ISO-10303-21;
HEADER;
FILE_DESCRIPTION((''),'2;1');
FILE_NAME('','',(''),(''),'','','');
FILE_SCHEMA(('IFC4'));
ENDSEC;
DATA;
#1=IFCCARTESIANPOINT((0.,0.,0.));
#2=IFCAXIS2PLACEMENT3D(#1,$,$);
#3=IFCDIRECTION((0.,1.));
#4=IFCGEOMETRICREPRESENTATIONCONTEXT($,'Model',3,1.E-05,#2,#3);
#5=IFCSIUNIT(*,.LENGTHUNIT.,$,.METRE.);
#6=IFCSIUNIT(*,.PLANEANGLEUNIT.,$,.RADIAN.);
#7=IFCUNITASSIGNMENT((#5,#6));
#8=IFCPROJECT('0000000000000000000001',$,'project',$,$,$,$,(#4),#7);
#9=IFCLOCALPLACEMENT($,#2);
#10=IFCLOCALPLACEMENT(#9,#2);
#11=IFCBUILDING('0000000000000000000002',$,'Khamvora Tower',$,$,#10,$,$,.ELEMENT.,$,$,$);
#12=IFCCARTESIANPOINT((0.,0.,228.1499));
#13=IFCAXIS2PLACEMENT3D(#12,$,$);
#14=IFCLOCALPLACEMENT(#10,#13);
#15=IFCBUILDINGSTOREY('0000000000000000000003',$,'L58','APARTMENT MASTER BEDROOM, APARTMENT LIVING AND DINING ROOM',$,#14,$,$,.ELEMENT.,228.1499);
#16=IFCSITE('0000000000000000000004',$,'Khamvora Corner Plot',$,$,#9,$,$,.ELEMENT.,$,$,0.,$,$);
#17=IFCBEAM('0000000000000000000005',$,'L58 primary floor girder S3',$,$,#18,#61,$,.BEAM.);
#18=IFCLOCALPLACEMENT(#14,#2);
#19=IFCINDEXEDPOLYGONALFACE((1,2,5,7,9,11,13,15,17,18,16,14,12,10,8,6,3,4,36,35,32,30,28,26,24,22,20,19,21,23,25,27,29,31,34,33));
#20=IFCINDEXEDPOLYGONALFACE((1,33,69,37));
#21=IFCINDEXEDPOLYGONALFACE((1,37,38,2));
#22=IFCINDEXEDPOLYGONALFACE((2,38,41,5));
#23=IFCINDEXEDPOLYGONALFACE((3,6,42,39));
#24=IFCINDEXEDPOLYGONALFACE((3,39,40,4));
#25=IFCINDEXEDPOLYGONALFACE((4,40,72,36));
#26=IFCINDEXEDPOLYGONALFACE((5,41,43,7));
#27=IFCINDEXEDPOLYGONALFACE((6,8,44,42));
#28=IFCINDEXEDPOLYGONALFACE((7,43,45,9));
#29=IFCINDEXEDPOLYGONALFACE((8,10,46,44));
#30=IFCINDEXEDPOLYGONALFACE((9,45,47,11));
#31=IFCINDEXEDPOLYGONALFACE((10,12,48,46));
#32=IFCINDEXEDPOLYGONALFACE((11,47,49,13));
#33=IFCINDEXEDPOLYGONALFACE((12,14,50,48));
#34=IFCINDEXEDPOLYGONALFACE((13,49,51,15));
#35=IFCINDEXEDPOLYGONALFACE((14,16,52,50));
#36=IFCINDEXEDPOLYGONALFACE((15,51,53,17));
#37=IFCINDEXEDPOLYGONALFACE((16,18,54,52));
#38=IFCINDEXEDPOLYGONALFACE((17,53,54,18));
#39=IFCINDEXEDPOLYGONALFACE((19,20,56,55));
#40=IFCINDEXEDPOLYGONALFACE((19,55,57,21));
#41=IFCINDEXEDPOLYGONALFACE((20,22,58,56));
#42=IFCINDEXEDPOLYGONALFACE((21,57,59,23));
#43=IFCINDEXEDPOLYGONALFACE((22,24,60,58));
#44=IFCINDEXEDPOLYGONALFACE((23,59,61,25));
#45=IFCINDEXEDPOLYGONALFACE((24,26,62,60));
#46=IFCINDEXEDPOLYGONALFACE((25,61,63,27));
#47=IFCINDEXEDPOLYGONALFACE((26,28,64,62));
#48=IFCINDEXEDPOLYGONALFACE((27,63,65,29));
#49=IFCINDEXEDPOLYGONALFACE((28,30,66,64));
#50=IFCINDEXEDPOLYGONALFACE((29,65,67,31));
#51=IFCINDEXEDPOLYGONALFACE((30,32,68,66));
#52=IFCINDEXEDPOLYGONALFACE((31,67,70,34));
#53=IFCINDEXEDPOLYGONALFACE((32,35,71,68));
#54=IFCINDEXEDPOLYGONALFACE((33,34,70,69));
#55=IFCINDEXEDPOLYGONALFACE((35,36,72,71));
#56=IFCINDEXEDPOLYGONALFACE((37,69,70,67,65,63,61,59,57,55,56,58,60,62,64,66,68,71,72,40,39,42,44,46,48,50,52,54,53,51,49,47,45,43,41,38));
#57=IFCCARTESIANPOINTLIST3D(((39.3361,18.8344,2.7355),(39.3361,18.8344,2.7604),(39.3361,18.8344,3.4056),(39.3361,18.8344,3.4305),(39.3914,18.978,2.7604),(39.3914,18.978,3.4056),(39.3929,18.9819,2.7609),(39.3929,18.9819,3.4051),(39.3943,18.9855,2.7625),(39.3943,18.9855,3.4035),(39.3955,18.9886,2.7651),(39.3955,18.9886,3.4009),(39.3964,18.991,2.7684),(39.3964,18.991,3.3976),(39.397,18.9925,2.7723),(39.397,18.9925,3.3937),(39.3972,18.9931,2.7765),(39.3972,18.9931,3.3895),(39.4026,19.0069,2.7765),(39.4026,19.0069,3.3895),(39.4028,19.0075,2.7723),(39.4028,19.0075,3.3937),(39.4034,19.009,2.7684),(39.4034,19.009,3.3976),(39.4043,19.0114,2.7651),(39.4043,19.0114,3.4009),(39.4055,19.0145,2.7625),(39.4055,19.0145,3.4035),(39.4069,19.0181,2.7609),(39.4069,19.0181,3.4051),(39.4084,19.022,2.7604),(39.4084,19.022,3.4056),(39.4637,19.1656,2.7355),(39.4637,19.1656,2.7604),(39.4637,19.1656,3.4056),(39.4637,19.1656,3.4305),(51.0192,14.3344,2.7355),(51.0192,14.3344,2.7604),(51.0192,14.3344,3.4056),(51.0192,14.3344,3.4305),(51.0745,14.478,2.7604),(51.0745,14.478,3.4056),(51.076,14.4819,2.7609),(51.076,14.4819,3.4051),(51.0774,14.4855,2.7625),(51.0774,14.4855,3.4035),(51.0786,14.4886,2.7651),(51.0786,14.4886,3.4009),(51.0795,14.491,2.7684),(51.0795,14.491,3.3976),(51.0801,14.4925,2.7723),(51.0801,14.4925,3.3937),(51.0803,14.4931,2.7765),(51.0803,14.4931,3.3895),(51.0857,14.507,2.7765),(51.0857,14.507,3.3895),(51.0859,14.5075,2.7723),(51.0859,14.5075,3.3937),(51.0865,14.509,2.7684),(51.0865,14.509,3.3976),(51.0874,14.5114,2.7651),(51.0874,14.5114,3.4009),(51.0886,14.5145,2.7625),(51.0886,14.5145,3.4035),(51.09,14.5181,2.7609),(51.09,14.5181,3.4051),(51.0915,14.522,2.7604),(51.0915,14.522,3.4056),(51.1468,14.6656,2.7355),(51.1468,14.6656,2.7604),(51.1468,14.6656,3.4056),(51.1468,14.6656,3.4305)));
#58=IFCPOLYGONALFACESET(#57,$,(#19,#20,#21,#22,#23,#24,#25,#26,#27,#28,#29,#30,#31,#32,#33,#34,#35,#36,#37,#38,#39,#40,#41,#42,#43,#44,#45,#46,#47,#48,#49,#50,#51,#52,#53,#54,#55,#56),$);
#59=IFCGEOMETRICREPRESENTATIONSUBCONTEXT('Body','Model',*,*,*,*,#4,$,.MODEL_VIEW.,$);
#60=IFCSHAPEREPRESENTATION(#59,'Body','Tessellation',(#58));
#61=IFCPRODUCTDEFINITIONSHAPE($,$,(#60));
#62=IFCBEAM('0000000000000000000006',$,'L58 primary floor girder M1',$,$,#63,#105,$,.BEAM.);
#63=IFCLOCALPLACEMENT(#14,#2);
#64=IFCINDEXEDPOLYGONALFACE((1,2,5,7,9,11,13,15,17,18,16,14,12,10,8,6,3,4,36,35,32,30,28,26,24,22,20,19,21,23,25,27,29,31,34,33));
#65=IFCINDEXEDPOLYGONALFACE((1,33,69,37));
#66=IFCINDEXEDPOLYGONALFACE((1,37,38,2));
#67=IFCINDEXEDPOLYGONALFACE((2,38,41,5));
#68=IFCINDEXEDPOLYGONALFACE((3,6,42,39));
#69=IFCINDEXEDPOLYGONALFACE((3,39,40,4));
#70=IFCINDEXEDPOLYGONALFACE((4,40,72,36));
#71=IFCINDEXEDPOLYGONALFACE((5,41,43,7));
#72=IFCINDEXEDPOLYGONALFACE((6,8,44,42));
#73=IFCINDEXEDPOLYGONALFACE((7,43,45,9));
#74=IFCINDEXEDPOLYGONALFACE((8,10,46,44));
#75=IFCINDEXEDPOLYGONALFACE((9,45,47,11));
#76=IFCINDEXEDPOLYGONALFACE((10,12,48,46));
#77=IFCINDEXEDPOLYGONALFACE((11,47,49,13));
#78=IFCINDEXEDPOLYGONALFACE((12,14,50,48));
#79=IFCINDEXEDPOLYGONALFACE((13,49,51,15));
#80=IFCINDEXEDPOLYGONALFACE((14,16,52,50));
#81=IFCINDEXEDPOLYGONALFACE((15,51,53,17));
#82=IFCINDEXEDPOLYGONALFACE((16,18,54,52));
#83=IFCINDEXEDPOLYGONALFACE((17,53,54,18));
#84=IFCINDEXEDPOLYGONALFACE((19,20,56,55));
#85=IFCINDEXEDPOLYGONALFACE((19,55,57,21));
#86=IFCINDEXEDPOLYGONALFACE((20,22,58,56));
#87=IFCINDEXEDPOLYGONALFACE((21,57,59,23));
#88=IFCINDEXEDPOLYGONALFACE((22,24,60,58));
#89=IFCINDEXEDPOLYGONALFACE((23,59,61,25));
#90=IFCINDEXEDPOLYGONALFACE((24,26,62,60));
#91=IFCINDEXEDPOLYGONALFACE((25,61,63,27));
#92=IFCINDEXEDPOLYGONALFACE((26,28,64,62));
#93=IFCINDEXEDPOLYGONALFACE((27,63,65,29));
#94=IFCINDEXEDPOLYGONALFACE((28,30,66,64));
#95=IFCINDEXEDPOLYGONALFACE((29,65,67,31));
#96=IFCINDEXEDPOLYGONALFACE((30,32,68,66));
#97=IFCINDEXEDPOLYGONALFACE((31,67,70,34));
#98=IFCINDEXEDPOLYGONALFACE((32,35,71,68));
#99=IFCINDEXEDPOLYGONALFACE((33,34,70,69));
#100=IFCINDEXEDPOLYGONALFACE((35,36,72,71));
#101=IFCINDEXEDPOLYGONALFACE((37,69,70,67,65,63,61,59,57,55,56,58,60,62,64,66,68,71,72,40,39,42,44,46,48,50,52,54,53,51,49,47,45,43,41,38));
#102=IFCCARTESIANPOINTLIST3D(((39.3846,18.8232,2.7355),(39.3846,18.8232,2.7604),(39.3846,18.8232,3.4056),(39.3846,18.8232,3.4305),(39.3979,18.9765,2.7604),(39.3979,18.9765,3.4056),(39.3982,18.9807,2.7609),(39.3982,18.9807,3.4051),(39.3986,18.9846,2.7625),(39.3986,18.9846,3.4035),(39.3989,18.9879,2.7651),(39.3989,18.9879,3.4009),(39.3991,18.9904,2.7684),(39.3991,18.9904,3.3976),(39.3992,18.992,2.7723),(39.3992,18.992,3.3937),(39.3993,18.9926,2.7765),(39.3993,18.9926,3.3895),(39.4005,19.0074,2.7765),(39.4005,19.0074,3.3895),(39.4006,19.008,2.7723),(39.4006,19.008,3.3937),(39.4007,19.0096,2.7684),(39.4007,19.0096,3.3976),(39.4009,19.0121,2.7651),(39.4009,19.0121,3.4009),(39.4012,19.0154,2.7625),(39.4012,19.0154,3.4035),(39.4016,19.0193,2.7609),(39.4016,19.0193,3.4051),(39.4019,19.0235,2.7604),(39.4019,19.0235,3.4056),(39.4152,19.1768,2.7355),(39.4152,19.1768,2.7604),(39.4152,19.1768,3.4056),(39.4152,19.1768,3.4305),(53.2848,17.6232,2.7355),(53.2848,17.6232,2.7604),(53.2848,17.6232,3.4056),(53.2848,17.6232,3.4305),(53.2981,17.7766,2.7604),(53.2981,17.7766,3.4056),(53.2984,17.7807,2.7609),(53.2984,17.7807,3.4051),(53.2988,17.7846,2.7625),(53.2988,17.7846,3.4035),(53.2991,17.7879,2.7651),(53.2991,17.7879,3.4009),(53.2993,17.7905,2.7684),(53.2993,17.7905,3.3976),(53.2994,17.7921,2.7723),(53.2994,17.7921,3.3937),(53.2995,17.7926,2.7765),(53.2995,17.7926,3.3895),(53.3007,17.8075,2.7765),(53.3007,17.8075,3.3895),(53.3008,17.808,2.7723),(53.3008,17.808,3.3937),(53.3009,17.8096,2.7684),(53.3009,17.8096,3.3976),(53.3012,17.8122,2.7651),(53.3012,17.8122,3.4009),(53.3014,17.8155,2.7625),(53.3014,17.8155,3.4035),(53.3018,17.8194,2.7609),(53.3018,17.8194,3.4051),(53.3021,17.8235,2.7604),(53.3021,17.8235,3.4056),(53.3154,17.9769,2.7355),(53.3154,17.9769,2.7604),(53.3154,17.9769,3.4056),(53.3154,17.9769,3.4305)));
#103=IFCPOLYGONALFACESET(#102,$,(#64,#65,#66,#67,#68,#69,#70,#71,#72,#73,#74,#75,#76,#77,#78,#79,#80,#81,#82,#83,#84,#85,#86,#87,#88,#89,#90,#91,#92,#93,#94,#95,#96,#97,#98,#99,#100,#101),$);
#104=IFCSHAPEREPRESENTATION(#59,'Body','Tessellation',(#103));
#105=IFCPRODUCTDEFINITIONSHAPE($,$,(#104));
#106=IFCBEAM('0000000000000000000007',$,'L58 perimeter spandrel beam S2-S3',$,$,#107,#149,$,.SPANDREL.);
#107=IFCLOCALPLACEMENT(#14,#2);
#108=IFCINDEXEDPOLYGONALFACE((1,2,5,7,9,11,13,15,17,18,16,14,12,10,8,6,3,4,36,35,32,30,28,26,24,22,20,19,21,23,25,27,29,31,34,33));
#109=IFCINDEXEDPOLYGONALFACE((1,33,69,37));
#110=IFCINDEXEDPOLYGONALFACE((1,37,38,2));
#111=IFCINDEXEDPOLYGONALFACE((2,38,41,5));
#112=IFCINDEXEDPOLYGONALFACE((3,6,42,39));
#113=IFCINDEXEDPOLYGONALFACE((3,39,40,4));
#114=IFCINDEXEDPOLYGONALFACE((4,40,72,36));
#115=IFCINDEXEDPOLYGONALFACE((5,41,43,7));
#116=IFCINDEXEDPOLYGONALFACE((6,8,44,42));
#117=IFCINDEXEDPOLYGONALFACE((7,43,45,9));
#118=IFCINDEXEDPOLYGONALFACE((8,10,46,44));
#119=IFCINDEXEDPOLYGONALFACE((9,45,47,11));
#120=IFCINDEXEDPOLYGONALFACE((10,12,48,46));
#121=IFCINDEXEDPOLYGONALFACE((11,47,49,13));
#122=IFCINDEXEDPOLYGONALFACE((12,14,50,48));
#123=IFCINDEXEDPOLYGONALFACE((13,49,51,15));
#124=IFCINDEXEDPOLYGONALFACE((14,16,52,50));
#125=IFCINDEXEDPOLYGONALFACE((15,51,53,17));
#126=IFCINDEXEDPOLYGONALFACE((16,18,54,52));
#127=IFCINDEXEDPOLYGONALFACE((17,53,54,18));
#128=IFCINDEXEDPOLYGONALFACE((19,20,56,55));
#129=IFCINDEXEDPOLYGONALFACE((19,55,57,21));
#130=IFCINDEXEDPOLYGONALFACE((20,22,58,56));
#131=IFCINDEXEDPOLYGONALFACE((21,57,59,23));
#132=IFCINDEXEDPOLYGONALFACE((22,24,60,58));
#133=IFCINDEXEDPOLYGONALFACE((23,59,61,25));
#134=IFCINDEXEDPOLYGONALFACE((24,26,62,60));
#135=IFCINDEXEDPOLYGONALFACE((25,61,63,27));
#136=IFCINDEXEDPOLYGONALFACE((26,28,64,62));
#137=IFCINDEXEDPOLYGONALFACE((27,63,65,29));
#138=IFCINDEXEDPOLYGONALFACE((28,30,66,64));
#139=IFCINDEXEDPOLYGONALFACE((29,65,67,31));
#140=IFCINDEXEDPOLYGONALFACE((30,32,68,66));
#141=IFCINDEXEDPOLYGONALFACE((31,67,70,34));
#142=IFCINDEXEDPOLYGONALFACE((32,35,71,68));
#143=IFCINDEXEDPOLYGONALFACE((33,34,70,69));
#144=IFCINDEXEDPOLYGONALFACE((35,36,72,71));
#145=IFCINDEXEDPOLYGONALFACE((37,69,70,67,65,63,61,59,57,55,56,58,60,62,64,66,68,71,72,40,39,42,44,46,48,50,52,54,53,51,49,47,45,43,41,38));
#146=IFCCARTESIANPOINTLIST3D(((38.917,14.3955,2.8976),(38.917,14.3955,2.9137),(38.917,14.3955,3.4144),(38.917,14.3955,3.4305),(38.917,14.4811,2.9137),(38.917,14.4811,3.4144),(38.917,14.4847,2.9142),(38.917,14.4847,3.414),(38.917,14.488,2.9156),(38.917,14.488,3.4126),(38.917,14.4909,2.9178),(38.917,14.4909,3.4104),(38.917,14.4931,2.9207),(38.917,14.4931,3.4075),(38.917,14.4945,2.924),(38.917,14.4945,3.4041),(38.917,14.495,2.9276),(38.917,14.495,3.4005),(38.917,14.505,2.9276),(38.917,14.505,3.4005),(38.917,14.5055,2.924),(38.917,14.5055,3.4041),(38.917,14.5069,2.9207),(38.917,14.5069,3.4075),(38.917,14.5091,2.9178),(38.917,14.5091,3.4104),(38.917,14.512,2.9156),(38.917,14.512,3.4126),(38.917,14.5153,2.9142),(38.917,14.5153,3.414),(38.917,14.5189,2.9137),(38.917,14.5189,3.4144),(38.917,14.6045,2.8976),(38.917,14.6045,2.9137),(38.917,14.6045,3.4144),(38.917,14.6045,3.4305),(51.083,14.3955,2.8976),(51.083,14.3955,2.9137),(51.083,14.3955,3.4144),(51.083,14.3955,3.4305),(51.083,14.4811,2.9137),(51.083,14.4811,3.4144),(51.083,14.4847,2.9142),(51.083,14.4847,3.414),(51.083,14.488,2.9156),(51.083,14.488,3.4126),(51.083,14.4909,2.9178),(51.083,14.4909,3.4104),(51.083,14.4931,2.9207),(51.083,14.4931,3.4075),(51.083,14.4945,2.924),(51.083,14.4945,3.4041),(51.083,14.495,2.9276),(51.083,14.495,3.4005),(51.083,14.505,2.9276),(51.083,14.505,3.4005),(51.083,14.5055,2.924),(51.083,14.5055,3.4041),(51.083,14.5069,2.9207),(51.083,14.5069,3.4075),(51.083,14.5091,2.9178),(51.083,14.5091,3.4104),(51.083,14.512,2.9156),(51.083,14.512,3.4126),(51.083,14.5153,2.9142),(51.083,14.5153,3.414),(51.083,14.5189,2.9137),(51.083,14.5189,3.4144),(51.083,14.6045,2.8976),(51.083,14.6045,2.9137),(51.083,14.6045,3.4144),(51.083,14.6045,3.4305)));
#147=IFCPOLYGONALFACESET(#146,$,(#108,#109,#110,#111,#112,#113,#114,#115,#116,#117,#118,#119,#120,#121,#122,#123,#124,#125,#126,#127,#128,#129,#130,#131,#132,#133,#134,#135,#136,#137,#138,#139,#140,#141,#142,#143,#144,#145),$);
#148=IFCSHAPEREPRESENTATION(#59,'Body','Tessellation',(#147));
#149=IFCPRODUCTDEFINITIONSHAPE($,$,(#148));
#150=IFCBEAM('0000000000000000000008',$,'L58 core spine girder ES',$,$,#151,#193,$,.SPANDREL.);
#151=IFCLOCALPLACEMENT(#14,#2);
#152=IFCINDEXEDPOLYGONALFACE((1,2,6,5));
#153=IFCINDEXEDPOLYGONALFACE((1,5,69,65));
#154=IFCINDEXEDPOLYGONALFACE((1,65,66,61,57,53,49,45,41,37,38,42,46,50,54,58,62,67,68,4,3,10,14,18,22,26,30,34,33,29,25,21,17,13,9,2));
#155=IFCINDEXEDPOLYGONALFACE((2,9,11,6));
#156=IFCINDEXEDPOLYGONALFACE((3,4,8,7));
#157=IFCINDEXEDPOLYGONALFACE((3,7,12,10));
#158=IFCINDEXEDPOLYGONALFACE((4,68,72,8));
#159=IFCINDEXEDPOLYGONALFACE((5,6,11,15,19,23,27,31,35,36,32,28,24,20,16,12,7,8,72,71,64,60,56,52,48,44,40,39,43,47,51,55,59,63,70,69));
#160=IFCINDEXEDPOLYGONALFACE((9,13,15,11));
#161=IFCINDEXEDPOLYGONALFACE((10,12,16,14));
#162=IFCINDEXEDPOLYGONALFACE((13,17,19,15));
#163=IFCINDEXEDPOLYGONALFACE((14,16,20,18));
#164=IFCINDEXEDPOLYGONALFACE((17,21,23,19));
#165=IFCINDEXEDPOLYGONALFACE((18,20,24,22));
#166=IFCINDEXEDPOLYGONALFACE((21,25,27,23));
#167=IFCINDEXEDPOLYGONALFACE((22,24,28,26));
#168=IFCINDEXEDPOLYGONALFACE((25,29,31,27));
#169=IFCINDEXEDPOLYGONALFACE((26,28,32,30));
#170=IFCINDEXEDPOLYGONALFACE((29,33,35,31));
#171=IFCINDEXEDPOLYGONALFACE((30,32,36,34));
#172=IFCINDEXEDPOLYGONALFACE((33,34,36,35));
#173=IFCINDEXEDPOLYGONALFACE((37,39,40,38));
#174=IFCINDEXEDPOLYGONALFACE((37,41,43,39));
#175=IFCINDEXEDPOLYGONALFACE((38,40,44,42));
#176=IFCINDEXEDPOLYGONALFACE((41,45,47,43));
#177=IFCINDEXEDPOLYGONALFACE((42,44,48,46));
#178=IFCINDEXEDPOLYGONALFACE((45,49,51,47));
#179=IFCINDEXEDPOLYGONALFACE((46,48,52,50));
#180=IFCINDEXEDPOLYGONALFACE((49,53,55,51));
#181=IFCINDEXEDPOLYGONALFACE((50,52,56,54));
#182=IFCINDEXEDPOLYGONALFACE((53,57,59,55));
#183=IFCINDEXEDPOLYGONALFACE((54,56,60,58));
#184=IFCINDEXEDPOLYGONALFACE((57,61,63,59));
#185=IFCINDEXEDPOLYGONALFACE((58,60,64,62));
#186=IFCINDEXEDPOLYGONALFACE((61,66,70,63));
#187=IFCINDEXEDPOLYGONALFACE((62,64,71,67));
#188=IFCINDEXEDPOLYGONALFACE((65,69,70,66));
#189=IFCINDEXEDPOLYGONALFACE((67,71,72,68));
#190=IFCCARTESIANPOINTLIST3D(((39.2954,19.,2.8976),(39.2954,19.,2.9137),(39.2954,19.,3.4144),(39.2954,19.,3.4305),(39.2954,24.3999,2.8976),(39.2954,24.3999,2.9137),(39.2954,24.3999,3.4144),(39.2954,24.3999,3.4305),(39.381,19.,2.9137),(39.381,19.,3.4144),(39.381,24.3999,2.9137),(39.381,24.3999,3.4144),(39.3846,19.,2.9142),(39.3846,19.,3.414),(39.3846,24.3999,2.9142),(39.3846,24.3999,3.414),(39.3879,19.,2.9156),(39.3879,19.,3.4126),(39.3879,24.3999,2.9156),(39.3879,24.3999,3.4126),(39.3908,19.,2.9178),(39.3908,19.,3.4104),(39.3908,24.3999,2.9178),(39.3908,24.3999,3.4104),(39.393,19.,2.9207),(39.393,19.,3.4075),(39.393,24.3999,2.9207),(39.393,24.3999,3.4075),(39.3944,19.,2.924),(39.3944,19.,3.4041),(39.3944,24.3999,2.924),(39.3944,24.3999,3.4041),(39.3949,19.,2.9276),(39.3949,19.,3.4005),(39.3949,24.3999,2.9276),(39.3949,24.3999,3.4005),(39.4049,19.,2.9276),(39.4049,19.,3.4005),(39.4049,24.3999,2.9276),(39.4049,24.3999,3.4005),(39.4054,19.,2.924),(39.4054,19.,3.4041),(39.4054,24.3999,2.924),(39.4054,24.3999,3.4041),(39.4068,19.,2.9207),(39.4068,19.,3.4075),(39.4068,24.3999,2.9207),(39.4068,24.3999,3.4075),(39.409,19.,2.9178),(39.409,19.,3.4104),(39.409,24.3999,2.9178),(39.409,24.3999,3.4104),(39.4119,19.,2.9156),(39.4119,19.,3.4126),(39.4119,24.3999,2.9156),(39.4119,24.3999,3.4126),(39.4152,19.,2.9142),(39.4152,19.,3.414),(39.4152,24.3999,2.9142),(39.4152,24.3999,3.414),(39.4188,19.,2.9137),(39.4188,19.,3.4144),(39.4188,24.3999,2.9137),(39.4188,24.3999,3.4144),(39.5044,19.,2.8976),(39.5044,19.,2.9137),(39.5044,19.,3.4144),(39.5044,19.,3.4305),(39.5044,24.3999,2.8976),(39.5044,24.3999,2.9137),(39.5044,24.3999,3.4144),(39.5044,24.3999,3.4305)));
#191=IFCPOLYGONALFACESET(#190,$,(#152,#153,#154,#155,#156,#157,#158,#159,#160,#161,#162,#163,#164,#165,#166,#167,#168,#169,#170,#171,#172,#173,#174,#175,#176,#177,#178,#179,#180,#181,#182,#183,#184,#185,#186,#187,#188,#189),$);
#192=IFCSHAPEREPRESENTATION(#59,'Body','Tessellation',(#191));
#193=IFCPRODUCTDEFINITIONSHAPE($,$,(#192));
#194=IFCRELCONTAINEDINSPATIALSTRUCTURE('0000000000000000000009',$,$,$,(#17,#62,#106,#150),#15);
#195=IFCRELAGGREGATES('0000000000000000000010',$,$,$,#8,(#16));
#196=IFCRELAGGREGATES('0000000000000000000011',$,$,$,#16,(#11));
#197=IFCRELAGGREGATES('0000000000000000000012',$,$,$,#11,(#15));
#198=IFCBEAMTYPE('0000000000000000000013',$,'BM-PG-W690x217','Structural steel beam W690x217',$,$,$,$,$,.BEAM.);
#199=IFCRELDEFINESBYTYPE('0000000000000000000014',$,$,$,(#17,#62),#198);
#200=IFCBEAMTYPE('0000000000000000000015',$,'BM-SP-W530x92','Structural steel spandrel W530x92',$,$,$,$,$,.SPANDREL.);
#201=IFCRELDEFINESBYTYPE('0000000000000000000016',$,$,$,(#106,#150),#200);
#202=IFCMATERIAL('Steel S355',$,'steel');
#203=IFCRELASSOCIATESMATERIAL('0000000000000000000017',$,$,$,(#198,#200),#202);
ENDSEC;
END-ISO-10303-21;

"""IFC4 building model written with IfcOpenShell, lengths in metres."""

from ifc_helpers import new_model, si_unit, direction, frame, origin, origin_2d, place, context, subcontext, project, spatial, i_section, extrude, material, material_profile, profile_set, type_object, element, save


model = new_model("IFC4")

# Units and contexts
model_context = context("Model", 3, precision=1e-05, world=origin(), true_north=direction((0.0, 1.0)))
body_context = subcontext(model_context, "Body", "Model", "MODEL_VIEW")
ifc_project = project(units=[si_unit("LENGTHUNIT", "METRE"), si_unit("PLANEANGLEUNIT", "RADIAN")], contexts=[model_context])

# Site, building, storey
site_placement = place(None, origin())
site = spatial("IfcSite", under=ifc_project, at=site_placement, Name="Khamvora Corner Plot", CompositionType="ELEMENT", RefElevation=0.0)
building_placement = place(site_placement, origin())
building = spatial("IfcBuilding", under=site, at=building_placement, Name="Khamvora Tower", CompositionType="ELEMENT")
storey_placement = place(building_placement, frame((0.0, 0.0, 228.1499)))
storey = spatial("IfcBuildingStorey", under=building, at=storey_placement, Name="L58", Description="APARTMENT MASTER BEDROOM, APARTMENT LIVING AND DINING ROOM", CompositionType="ELEMENT", Elevation=228.1499)

# Shared definitions
ifc_material_1 = material(Name="Steel S355", Category="steel")

# Beams
ifc_material_profile_1 = material_profile(ifc_material_1, i_section(OverallWidth=0.355, OverallDepth=0.6951, WebThickness=0.0149, FlangeThickness=0.0249, FilletRadius=0.0161, at=origin_2d()), Name="W690x217")
ifc_profile_set_1 = profile_set([ifc_material_profile_1], Name="Steel S355")
beam_type_1 = type_object("IfcBeamType", Name="BM-PG-W690x217", Description="Structural steel beam W690x217", PredefinedType="BEAM", material=ifc_profile_set_1)
beam_1_placement = place(storey_placement, frame((39.3999, 19.0, 3.083), z_axis=(0.933172, -0.359431, 0.0), x_axis=(0.359431, 0.933172, 0.0)))
element("IfcBeam", 1, at=beam_1_placement, inside=storey, type_object=beam_type_1, Name="L58 primary floor girder S3", PredefinedType="BEAM", context=body_context, shape_type="SweptSolid", body=[
    extrude(i_section(OverallWidth=0.355, OverallDepth=0.6951, WebThickness=0.0149, FlangeThickness=0.0249, FilletRadius=0.0161, at=origin_2d()), origin(), (0.0, 0.0, 1.0), 12.5198),
])
beam_2_placement = place(storey_placement, frame((39.3999, 19.0, 3.083), z_axis=(0.996295, -0.086007, 0.0), x_axis=(0.086007, 0.996295, 0.0)))
element("IfcBeam", 2, at=beam_2_placement, inside=storey, type_object=beam_type_1, Name="L58 primary floor girder M1", PredefinedType="BEAM", context=body_context, shape_type="SweptSolid", body=[
    extrude(i_section(OverallWidth=0.355, OverallDepth=0.6951, WebThickness=0.0149, FlangeThickness=0.0249, FilletRadius=0.0161, at=origin_2d()), origin(), (0.0, 0.0, 1.0), 13.9519),
])
ifc_material_profile_2 = material_profile(ifc_material_1, i_section(OverallWidth=0.209, OverallDepth=0.533, WebThickness=0.01, FlangeThickness=0.0161, FilletRadius=0.0139, at=origin_2d()), Name="W530x92")
ifc_profile_set_2 = profile_set([ifc_material_profile_2], Name="Steel S355")
beam_type_2 = type_object("IfcBeamType", Name="BM-SP-W530x92", Description="Structural steel spandrel W530x92", PredefinedType="SPANDREL", material=ifc_profile_set_2)
beam_3_placement = place(storey_placement, frame((38.917, 14.5, 3.1641), z_axis=(1.0, 0.0, 0.0), x_axis=(0.0, 1.0, 0.0)))
element("IfcBeam", 3, at=beam_3_placement, inside=storey, type_object=beam_type_2, Name="L58 perimeter spandrel beam S2-S3", PredefinedType="SPANDREL", context=body_context, shape_type="SweptSolid", body=[
    extrude(i_section(OverallWidth=0.209, OverallDepth=0.533, WebThickness=0.01, FlangeThickness=0.0161, FilletRadius=0.0139, at=origin_2d()), origin(), (0.0, 0.0, 1.0), 12.166),
])
beam_4_placement = place(storey_placement, frame((39.3999, 19.0, 3.1641), z_axis=(0.0, 1.0, 0.0), x_axis=(-1.0, 0.0, 0.0)))
element("IfcBeam", 4, at=beam_4_placement, inside=storey, type_object=beam_type_2, Name="L58 core spine girder ES", PredefinedType="SPANDREL", context=body_context, shape_type="SweptSolid", body=[
    extrude(i_section(OverallWidth=0.209, OverallDepth=0.533, WebThickness=0.01, FlangeThickness=0.0161, FilletRadius=0.0139, at=origin_2d()), origin(), (0.0, 0.0, 1.0), 5.3999),
])

save(model, "model.ifc")
